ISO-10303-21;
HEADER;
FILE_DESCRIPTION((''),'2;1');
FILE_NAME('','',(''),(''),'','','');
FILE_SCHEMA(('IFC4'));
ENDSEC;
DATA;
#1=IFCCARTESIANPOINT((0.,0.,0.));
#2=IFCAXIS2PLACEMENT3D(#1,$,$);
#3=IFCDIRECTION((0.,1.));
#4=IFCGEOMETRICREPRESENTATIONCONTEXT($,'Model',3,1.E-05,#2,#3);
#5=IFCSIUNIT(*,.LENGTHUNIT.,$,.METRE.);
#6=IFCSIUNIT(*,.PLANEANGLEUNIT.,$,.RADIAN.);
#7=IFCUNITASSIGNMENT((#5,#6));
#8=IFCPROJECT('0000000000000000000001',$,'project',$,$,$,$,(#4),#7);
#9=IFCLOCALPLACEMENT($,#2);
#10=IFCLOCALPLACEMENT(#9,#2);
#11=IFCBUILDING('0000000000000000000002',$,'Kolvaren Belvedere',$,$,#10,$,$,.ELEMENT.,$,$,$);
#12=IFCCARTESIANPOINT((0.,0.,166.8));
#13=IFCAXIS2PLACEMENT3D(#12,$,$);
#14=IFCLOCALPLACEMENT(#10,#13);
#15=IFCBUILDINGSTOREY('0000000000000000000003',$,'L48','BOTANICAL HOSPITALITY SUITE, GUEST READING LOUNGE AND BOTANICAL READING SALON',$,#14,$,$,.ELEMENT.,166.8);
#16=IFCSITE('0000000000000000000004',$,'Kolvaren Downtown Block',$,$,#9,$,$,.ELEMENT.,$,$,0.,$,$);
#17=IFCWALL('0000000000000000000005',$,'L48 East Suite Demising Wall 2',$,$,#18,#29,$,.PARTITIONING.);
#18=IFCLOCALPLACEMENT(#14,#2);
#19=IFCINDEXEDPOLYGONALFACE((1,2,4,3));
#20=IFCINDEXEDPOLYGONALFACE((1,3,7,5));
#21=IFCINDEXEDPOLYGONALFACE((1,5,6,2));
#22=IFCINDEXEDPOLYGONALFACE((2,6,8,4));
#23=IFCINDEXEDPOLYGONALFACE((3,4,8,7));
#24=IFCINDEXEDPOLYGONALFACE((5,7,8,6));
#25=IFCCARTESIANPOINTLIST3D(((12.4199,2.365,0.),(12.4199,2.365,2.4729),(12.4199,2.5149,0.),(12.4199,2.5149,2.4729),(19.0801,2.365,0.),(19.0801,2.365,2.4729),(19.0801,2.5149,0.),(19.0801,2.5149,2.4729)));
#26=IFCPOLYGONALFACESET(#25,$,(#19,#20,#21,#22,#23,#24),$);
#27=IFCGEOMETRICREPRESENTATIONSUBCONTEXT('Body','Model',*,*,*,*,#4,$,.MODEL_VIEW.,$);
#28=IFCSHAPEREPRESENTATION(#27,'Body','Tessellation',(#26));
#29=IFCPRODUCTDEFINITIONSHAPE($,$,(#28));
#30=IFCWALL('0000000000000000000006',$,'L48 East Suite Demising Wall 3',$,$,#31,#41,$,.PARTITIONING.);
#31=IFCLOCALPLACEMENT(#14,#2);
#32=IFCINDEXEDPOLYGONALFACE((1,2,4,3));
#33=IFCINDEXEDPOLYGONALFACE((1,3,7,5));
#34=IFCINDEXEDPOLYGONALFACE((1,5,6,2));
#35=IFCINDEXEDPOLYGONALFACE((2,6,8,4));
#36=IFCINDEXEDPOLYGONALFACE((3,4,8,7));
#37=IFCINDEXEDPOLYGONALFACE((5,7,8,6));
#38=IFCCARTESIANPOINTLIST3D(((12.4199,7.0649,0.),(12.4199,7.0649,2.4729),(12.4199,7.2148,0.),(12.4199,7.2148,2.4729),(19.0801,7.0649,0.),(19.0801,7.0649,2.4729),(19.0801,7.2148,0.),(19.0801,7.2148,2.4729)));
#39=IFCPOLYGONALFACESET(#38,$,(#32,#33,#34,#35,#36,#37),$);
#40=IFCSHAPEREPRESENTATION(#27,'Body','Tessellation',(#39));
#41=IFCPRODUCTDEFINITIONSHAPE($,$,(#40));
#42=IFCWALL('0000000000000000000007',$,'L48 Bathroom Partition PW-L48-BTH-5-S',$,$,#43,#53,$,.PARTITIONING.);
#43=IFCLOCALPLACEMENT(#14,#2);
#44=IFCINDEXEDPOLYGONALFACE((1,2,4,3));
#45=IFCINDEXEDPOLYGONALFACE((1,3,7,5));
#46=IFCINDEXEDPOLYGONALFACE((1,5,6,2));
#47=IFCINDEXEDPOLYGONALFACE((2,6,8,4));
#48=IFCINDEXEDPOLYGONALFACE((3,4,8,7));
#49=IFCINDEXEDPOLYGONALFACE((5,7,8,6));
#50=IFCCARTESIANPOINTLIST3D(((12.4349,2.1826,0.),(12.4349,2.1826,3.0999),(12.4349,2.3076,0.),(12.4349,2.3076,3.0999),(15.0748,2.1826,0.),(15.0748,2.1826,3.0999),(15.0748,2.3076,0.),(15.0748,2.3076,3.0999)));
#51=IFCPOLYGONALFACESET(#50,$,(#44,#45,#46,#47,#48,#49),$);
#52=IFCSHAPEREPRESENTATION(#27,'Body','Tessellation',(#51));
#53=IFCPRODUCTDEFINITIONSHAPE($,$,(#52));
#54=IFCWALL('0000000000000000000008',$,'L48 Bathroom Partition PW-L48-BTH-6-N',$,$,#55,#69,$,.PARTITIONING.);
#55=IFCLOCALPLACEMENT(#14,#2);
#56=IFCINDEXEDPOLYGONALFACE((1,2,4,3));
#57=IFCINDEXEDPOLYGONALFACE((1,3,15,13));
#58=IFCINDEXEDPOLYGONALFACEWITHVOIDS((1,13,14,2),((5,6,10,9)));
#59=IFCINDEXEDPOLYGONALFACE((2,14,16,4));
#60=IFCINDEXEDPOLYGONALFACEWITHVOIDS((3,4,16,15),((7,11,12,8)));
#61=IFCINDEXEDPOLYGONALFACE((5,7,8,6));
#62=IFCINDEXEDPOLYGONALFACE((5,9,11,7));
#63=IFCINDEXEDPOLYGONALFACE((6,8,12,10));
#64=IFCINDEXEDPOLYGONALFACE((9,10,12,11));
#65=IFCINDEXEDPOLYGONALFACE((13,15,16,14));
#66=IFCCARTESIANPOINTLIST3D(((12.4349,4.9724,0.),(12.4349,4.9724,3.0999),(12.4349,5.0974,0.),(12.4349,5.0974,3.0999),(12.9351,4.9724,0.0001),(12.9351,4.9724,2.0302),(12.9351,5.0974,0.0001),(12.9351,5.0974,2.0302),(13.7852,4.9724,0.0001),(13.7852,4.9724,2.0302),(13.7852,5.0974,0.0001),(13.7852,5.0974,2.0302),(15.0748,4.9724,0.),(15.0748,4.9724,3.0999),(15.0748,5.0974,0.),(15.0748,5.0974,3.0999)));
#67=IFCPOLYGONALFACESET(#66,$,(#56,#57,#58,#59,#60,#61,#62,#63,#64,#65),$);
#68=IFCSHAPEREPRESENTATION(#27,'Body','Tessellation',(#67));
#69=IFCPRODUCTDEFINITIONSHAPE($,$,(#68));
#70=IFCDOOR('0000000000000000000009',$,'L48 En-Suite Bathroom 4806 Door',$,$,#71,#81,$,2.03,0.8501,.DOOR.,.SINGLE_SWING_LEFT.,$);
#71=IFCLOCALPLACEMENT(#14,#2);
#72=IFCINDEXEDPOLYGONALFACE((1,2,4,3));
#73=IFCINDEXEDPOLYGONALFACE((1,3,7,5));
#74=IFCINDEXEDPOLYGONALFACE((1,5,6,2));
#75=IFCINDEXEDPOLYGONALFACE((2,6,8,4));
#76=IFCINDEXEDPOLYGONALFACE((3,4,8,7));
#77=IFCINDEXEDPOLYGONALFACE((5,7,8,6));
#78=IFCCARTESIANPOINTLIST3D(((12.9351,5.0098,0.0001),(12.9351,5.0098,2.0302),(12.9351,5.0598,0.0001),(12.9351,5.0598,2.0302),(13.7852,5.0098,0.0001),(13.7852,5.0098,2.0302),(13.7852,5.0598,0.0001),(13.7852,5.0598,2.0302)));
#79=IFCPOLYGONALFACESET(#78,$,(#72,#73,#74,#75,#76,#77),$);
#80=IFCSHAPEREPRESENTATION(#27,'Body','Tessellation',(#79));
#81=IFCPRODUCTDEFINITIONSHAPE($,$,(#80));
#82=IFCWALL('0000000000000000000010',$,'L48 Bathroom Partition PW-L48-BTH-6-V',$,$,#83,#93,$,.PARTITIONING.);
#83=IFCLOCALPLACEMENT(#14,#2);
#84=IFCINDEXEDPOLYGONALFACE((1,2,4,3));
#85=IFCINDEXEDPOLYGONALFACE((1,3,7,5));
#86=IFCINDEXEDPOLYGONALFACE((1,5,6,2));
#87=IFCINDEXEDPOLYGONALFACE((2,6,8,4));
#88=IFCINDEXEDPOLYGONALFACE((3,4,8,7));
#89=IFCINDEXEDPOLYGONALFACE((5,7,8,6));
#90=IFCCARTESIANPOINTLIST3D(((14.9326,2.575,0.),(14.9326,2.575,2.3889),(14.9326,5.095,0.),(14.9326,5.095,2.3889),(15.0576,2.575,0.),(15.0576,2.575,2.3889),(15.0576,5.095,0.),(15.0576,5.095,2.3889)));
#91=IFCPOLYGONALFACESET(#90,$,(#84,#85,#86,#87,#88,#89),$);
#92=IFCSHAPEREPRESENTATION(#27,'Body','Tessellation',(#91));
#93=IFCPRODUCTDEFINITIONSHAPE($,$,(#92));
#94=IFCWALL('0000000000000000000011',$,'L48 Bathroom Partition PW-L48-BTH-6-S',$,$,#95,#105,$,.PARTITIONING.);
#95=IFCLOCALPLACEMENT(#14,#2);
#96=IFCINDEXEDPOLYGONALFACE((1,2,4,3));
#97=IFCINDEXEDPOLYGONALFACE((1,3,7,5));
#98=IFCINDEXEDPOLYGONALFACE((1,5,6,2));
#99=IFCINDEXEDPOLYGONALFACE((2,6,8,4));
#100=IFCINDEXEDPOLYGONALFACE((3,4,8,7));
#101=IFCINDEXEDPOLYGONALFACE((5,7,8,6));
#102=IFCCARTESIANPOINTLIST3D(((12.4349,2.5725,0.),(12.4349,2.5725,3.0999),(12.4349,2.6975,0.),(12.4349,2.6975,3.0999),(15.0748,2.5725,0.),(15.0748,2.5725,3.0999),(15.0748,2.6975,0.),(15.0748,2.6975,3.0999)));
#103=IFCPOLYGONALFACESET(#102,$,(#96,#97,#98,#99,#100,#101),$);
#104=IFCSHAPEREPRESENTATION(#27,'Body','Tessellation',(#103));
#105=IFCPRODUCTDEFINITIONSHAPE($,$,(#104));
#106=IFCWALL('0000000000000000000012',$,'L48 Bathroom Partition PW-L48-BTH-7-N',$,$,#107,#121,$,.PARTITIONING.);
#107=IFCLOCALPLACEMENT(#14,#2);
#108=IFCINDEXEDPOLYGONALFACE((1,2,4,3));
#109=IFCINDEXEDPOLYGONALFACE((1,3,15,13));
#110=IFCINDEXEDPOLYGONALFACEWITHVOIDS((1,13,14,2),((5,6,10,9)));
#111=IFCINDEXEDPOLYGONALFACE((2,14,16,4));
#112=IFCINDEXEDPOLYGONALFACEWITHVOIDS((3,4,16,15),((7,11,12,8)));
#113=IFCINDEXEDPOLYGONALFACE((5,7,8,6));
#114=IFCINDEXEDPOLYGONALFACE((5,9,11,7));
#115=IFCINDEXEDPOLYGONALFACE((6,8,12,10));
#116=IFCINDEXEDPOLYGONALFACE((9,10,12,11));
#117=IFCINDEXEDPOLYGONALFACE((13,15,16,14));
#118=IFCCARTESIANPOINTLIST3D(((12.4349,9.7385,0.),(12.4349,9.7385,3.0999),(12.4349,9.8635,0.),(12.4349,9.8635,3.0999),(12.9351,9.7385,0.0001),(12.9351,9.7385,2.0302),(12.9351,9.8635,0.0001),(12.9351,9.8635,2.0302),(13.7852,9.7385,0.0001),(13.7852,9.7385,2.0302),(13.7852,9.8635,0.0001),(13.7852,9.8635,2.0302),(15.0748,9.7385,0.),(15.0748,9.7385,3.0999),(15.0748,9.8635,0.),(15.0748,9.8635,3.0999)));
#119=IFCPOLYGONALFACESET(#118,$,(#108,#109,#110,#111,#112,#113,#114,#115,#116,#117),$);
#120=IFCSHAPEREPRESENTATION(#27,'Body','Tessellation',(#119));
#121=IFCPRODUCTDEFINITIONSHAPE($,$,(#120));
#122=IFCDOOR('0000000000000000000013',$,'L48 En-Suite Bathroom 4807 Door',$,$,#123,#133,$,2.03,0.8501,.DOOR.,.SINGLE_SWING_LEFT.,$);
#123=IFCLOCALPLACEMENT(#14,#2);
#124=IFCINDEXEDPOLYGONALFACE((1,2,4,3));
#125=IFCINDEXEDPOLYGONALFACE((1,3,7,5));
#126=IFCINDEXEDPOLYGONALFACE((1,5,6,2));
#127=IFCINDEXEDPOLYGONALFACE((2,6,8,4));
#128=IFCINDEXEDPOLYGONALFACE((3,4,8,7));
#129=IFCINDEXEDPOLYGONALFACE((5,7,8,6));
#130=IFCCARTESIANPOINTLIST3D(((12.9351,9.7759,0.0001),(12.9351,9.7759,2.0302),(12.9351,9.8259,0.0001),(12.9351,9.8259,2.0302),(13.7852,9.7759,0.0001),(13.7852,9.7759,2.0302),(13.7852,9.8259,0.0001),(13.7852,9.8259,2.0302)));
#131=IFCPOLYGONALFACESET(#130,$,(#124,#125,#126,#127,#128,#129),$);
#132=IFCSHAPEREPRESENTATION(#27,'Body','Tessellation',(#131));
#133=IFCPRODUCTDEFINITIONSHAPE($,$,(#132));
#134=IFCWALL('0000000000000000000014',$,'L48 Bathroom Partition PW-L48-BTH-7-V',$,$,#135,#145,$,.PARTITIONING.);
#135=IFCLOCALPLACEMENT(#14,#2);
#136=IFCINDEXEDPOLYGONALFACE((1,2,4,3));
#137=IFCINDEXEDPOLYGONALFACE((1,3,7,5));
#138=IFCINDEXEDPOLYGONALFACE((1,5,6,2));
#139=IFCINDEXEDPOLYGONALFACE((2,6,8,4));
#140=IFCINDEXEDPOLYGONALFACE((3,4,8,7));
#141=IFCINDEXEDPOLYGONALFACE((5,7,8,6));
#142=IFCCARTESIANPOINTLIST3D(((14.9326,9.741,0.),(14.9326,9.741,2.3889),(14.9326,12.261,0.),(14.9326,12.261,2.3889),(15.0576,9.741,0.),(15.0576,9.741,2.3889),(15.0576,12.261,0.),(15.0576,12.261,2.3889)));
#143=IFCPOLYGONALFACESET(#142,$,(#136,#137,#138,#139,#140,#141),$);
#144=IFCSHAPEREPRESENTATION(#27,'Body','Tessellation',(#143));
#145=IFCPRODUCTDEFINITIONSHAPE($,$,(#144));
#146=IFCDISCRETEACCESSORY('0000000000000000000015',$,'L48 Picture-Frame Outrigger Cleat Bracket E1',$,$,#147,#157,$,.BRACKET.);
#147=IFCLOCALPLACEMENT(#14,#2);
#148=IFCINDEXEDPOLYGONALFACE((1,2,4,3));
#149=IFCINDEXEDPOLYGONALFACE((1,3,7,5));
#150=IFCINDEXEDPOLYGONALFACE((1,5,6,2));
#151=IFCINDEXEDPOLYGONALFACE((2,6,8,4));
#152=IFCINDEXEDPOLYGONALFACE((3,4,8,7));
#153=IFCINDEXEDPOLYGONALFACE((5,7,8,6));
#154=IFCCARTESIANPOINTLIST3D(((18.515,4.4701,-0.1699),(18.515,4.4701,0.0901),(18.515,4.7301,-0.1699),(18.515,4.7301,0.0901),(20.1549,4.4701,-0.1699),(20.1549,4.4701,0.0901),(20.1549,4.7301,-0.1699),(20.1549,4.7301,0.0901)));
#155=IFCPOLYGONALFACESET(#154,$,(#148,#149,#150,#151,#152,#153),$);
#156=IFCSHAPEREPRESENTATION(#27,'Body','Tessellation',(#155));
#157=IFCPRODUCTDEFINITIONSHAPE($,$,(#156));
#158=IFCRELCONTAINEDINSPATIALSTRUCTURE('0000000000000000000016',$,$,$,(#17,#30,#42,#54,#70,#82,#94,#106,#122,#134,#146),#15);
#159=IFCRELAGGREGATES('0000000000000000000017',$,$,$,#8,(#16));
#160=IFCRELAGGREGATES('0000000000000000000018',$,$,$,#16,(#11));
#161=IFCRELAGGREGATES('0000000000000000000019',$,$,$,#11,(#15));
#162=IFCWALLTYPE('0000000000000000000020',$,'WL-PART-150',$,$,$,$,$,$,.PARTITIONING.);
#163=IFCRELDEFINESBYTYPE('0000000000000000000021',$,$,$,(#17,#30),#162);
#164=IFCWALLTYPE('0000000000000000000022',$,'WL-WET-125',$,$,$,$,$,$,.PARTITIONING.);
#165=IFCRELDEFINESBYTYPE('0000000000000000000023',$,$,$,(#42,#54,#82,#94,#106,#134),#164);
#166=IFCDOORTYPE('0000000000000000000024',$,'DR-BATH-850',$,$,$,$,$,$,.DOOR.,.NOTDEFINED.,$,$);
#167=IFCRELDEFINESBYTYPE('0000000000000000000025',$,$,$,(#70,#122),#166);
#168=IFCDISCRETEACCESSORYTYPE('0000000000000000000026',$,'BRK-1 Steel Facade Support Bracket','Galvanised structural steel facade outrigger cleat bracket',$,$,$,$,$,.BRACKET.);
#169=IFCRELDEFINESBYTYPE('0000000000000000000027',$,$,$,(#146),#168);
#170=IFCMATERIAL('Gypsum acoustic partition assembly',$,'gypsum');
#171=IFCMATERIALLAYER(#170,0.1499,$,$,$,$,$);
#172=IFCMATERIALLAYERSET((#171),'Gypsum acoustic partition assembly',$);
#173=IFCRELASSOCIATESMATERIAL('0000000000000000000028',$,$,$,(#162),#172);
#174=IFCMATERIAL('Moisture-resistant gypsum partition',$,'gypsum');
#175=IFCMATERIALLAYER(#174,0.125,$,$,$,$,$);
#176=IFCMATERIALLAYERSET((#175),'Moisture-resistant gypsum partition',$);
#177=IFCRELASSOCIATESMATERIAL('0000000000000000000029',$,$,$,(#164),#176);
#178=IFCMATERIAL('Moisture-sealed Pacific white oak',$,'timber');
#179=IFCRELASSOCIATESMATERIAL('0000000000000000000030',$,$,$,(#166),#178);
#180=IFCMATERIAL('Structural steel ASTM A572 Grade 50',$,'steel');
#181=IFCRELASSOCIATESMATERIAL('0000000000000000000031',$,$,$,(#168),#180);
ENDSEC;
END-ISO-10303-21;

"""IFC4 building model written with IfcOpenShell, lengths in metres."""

from ifc_helpers import new_model, si_unit, direction, frame, frame_2d, origin, origin_2d, place, context, subcontext, project, spatial, rectangle, extrude, material, layer, layer_set, type_object, element, fill, save


model = new_model("IFC4")

# Units and contexts
model_context = context("Model", 3, precision=1e-05, world=origin(), true_north=direction((0.0, 1.0)))
body_context = subcontext(model_context, "Body", "Model", "MODEL_VIEW")
ifc_project = project(units=[si_unit("LENGTHUNIT", "METRE"), si_unit("PLANEANGLEUNIT", "RADIAN")], contexts=[model_context])

# Site, building, storey
site_placement = place(None, origin())
site = spatial("IfcSite", under=ifc_project, at=site_placement, Name="Kolvaren Downtown Block", CompositionType="ELEMENT", RefElevation=0.0)
building_placement = place(site_placement, origin())
building = spatial("IfcBuilding", under=site, at=building_placement, Name="Kolvaren Belvedere", CompositionType="ELEMENT")
storey_placement = place(building_placement, frame((0.0, 0.0, 166.8)))
storey = spatial("IfcBuildingStorey", under=building, at=storey_placement, Name="L48", Description="BOTANICAL HOSPITALITY SUITE, GUEST READING LOUNGE AND BOTANICAL READING SALON", CompositionType="ELEMENT", Elevation=166.8)

# Walls
ifc_material_1 = material(Name="Gypsum acoustic partition assembly", Category="gypsum")
ifc_layer_1 = layer(ifc_material_1, 0.1499)
ifc_layer_set_1 = layer_set([ifc_layer_1], Name="Gypsum acoustic partition assembly")
wall_type_1 = type_object("IfcWallType", Name="WL-PART-150", PredefinedType="PARTITIONING", material=ifc_layer_set_1)
for number, where, z_axis, x_axis, name in (
    (1, (12.4199, 2.4399, 0.0), (0.0, 0.0, 1.0), (1.0, 0.0, 0.0), "L48 East Suite Demising Wall 2"),
    (2, (12.4199, 7.1399, 0.0), (0.0, 0.0, 1.0), (1.0, 0.0, 0.0), "L48 East Suite Demising Wall 3"),
):
    element("IfcWall", number, at=place(storey_placement, frame(where, z_axis=z_axis, x_axis=x_axis)), inside=storey, type_object=wall_type_1, Name=name, PredefinedType="PARTITIONING", context=body_context, shape_type="SweptSolid", body=[
        extrude(rectangle(XDim=6.6602, YDim=0.1499, at=frame_2d((3.3301, 0.0))), origin(), (0.0, 0.0, 1.0), 2.4729),
    ])
ifc_material_2 = material(Name="Moisture-resistant gypsum partition", Category="gypsum")
ifc_layer_2 = layer(ifc_material_2, 0.125)
ifc_layer_set_2 = layer_set([ifc_layer_2], Name="Moisture-resistant gypsum partition")
wall_type_2 = type_object("IfcWallType", Name="WL-WET-125", PredefinedType="PARTITIONING", material=ifc_layer_set_2)
wall_1_placement = place(storey_placement, frame((12.4351, 2.2451, 0.0), z_axis=(0.0, 0.0, 1.0), x_axis=(1.0, 0.0, 0.0)))
element("IfcWall", 3, at=wall_1_placement, inside=storey, type_object=wall_type_2, Name="L48 Bathroom Partition PW-L48-BTH-5-S", PredefinedType="PARTITIONING", context=body_context, shape_type="SweptSolid", body=[
    extrude(rectangle(XDim=2.6399, YDim=0.125, at=frame_2d((1.3198, 0.0))), origin(), (0.0, 0.0, 1.0), 3.0999),
])

# Wall, opening, door
wall_2_placement = place(storey_placement, frame((12.4351, 5.0349, 0.0), z_axis=(0.0, 0.0, 1.0), x_axis=(1.0, 0.0, 0.0)))
wall_2 = element("IfcWall", 4, at=wall_2_placement, inside=storey, type_object=wall_type_2, Name="L48 Bathroom Partition PW-L48-BTH-6-N", PredefinedType="PARTITIONING", context=body_context, shape_type="SweptSolid", body=[
    extrude(rectangle(XDim=2.6399, YDim=0.125, at=frame_2d((1.3198, 0.0))), origin(), (0.0, 0.0, 1.0), 3.0999),
])
opening_1_placement = place(wall_2_placement, frame((0.5, 0.0, 0.0)))
opening_1 = element("IfcOpeningElement", 5, at=opening_1_placement, cuts=wall_2, PredefinedType="OPENING", context=body_context, shape_type="SweptSolid", body=[
    extrude(rectangle(XDim=0.8501, YDim=2.03, at=frame_2d((0.425, 1.0151))), frame((0.0, 0.0725, 0.0), z_axis=(0.0, -1.0, 0.0), x_axis=(1.0, 0.0, 0.0)), (0.0, 0.0, 1.0), 0.145),
])
ifc_material_3 = material(Name="Moisture-sealed Pacific white oak", Category="timber")
door_type = type_object("IfcDoorType", Name="DR-BATH-850", OperationType="NOTDEFINED", PredefinedType="DOOR", material=ifc_material_3)
door_1_placement = place(opening_1_placement, origin())
door_1 = element("IfcDoor", 6, at=door_1_placement, inside=storey, type_object=door_type, Name="L48 En-Suite Bathroom 4806 Door", OperationType="SINGLE_SWING_LEFT", OverallHeight=2.03, OverallWidth=0.8501, PredefinedType="DOOR", context=body_context, shape_type="SweptSolid", body=[
    extrude(rectangle(XDim=0.8501, YDim=2.03, at=frame_2d((0.425, 1.0151))), frame((0.0, 0.0249, 0.0), z_axis=(0.0, -1.0, 0.0), x_axis=(1.0, 0.0, 0.0)), (0.0, 0.0, 1.0), 0.05),
])
fill(opening_1, door_1)

# Walls
wall_3_placement = place(storey_placement, frame((14.9951, 2.575, 0.0), z_axis=(0.0, 0.0, 1.0), x_axis=(0.0, 1.0, 0.0)))
element("IfcWall", 7, at=wall_3_placement, inside=storey, type_object=wall_type_2, Name="L48 Bathroom Partition PW-L48-BTH-6-V", PredefinedType="PARTITIONING", context=body_context, shape_type="SweptSolid", body=[
    extrude(rectangle(XDim=2.52, YDim=0.125, at=frame_2d((1.26, 0.0))), origin(), (0.0, 0.0, 1.0), 2.3889),
])
wall_4_placement = place(storey_placement, frame((12.4351, 2.635, 0.0), z_axis=(0.0, 0.0, 1.0), x_axis=(1.0, 0.0, 0.0)))
element("IfcWall", 8, at=wall_4_placement, inside=storey, type_object=wall_type_2, Name="L48 Bathroom Partition PW-L48-BTH-6-S", PredefinedType="PARTITIONING", context=body_context, shape_type="SweptSolid", body=[
    extrude(rectangle(XDim=2.6399, YDim=0.125, at=frame_2d((1.3198, 0.0))), origin(), (0.0, 0.0, 1.0), 3.0999),
])

# Wall, opening, door
wall_5_placement = place(storey_placement, frame((12.4351, 9.801, 0.0), z_axis=(0.0, 0.0, 1.0), x_axis=(1.0, 0.0, 0.0)))
wall_5 = element("IfcWall", 9, at=wall_5_placement, inside=storey, type_object=wall_type_2, Name="L48 Bathroom Partition PW-L48-BTH-7-N", PredefinedType="PARTITIONING", context=body_context, shape_type="SweptSolid", body=[
    extrude(rectangle(XDim=2.6399, YDim=0.125, at=frame_2d((1.3198, 0.0))), origin(), (0.0, 0.0, 1.0), 3.0999),
])
opening_2_placement = place(wall_5_placement, frame((0.5, 0.0, 0.0)))
opening_2 = element("IfcOpeningElement", 10, at=opening_2_placement, cuts=wall_5, PredefinedType="OPENING", context=body_context, shape_type="SweptSolid", body=[
    extrude(rectangle(XDim=0.8501, YDim=2.03, at=frame_2d((0.425, 1.0151))), frame((0.0, 0.0725, 0.0), z_axis=(0.0, -1.0, 0.0), x_axis=(1.0, 0.0, 0.0)), (0.0, 0.0, 1.0), 0.145),
])
door_2_placement = place(opening_2_placement, origin())
door_2 = element("IfcDoor", 11, at=door_2_placement, inside=storey, type_object=door_type, Name="L48 En-Suite Bathroom 4807 Door", OperationType="SINGLE_SWING_LEFT", OverallHeight=2.03, OverallWidth=0.8501, PredefinedType="DOOR", context=body_context, shape_type="SweptSolid", body=[
    extrude(rectangle(XDim=0.8501, YDim=2.03, at=frame_2d((0.425, 1.0151))), frame((0.0, 0.0249, 0.0), z_axis=(0.0, -1.0, 0.0), x_axis=(1.0, 0.0, 0.0)), (0.0, 0.0, 1.0), 0.05),
])
fill(opening_2, door_2)

# Wall
wall_6_placement = place(storey_placement, frame((14.9951, 9.741, 0.0), z_axis=(0.0, 0.0, 1.0), x_axis=(0.0, 1.0, 0.0)))
element("IfcWall", 12, at=wall_6_placement, inside=storey, type_object=wall_type_2, Name="L48 Bathroom Partition PW-L48-BTH-7-V", PredefinedType="PARTITIONING", context=body_context, shape_type="SweptSolid", body=[
    extrude(rectangle(XDim=2.52, YDim=0.125, at=frame_2d((1.26, 0.0))), origin(), (0.0, 0.0, 1.0), 2.3889),
])

# Discrete accessory
ifc_material_4 = material(Name="Structural steel ASTM A572 Grade 50", Category="steel")
discrete_accessory_type = type_object("IfcDiscreteAccessoryType", Name="BRK-1 Steel Facade Support Bracket", Description="Galvanised structural steel facade outrigger cleat bracket", PredefinedType="BRACKET", material=ifc_material_4)
discrete_accessory_placement = place(storey_placement, frame((19.335, 4.6001, -0.1699), z_axis=(0.0, 0.0, 1.0), x_axis=(1.0, 0.0, 0.0)))
element("IfcDiscreteAccessory", 13, at=discrete_accessory_placement, inside=storey, type_object=discrete_accessory_type, Name="L48 Picture-Frame Outrigger Cleat Bracket E1", PredefinedType="BRACKET", context=body_context, shape_type="SweptSolid", body=[
    extrude(rectangle(XDim=1.6399, YDim=0.26, at=origin_2d()), origin(), (0.0, 0.0, 1.0), 0.26),
])

save(model, "model.ifc")
